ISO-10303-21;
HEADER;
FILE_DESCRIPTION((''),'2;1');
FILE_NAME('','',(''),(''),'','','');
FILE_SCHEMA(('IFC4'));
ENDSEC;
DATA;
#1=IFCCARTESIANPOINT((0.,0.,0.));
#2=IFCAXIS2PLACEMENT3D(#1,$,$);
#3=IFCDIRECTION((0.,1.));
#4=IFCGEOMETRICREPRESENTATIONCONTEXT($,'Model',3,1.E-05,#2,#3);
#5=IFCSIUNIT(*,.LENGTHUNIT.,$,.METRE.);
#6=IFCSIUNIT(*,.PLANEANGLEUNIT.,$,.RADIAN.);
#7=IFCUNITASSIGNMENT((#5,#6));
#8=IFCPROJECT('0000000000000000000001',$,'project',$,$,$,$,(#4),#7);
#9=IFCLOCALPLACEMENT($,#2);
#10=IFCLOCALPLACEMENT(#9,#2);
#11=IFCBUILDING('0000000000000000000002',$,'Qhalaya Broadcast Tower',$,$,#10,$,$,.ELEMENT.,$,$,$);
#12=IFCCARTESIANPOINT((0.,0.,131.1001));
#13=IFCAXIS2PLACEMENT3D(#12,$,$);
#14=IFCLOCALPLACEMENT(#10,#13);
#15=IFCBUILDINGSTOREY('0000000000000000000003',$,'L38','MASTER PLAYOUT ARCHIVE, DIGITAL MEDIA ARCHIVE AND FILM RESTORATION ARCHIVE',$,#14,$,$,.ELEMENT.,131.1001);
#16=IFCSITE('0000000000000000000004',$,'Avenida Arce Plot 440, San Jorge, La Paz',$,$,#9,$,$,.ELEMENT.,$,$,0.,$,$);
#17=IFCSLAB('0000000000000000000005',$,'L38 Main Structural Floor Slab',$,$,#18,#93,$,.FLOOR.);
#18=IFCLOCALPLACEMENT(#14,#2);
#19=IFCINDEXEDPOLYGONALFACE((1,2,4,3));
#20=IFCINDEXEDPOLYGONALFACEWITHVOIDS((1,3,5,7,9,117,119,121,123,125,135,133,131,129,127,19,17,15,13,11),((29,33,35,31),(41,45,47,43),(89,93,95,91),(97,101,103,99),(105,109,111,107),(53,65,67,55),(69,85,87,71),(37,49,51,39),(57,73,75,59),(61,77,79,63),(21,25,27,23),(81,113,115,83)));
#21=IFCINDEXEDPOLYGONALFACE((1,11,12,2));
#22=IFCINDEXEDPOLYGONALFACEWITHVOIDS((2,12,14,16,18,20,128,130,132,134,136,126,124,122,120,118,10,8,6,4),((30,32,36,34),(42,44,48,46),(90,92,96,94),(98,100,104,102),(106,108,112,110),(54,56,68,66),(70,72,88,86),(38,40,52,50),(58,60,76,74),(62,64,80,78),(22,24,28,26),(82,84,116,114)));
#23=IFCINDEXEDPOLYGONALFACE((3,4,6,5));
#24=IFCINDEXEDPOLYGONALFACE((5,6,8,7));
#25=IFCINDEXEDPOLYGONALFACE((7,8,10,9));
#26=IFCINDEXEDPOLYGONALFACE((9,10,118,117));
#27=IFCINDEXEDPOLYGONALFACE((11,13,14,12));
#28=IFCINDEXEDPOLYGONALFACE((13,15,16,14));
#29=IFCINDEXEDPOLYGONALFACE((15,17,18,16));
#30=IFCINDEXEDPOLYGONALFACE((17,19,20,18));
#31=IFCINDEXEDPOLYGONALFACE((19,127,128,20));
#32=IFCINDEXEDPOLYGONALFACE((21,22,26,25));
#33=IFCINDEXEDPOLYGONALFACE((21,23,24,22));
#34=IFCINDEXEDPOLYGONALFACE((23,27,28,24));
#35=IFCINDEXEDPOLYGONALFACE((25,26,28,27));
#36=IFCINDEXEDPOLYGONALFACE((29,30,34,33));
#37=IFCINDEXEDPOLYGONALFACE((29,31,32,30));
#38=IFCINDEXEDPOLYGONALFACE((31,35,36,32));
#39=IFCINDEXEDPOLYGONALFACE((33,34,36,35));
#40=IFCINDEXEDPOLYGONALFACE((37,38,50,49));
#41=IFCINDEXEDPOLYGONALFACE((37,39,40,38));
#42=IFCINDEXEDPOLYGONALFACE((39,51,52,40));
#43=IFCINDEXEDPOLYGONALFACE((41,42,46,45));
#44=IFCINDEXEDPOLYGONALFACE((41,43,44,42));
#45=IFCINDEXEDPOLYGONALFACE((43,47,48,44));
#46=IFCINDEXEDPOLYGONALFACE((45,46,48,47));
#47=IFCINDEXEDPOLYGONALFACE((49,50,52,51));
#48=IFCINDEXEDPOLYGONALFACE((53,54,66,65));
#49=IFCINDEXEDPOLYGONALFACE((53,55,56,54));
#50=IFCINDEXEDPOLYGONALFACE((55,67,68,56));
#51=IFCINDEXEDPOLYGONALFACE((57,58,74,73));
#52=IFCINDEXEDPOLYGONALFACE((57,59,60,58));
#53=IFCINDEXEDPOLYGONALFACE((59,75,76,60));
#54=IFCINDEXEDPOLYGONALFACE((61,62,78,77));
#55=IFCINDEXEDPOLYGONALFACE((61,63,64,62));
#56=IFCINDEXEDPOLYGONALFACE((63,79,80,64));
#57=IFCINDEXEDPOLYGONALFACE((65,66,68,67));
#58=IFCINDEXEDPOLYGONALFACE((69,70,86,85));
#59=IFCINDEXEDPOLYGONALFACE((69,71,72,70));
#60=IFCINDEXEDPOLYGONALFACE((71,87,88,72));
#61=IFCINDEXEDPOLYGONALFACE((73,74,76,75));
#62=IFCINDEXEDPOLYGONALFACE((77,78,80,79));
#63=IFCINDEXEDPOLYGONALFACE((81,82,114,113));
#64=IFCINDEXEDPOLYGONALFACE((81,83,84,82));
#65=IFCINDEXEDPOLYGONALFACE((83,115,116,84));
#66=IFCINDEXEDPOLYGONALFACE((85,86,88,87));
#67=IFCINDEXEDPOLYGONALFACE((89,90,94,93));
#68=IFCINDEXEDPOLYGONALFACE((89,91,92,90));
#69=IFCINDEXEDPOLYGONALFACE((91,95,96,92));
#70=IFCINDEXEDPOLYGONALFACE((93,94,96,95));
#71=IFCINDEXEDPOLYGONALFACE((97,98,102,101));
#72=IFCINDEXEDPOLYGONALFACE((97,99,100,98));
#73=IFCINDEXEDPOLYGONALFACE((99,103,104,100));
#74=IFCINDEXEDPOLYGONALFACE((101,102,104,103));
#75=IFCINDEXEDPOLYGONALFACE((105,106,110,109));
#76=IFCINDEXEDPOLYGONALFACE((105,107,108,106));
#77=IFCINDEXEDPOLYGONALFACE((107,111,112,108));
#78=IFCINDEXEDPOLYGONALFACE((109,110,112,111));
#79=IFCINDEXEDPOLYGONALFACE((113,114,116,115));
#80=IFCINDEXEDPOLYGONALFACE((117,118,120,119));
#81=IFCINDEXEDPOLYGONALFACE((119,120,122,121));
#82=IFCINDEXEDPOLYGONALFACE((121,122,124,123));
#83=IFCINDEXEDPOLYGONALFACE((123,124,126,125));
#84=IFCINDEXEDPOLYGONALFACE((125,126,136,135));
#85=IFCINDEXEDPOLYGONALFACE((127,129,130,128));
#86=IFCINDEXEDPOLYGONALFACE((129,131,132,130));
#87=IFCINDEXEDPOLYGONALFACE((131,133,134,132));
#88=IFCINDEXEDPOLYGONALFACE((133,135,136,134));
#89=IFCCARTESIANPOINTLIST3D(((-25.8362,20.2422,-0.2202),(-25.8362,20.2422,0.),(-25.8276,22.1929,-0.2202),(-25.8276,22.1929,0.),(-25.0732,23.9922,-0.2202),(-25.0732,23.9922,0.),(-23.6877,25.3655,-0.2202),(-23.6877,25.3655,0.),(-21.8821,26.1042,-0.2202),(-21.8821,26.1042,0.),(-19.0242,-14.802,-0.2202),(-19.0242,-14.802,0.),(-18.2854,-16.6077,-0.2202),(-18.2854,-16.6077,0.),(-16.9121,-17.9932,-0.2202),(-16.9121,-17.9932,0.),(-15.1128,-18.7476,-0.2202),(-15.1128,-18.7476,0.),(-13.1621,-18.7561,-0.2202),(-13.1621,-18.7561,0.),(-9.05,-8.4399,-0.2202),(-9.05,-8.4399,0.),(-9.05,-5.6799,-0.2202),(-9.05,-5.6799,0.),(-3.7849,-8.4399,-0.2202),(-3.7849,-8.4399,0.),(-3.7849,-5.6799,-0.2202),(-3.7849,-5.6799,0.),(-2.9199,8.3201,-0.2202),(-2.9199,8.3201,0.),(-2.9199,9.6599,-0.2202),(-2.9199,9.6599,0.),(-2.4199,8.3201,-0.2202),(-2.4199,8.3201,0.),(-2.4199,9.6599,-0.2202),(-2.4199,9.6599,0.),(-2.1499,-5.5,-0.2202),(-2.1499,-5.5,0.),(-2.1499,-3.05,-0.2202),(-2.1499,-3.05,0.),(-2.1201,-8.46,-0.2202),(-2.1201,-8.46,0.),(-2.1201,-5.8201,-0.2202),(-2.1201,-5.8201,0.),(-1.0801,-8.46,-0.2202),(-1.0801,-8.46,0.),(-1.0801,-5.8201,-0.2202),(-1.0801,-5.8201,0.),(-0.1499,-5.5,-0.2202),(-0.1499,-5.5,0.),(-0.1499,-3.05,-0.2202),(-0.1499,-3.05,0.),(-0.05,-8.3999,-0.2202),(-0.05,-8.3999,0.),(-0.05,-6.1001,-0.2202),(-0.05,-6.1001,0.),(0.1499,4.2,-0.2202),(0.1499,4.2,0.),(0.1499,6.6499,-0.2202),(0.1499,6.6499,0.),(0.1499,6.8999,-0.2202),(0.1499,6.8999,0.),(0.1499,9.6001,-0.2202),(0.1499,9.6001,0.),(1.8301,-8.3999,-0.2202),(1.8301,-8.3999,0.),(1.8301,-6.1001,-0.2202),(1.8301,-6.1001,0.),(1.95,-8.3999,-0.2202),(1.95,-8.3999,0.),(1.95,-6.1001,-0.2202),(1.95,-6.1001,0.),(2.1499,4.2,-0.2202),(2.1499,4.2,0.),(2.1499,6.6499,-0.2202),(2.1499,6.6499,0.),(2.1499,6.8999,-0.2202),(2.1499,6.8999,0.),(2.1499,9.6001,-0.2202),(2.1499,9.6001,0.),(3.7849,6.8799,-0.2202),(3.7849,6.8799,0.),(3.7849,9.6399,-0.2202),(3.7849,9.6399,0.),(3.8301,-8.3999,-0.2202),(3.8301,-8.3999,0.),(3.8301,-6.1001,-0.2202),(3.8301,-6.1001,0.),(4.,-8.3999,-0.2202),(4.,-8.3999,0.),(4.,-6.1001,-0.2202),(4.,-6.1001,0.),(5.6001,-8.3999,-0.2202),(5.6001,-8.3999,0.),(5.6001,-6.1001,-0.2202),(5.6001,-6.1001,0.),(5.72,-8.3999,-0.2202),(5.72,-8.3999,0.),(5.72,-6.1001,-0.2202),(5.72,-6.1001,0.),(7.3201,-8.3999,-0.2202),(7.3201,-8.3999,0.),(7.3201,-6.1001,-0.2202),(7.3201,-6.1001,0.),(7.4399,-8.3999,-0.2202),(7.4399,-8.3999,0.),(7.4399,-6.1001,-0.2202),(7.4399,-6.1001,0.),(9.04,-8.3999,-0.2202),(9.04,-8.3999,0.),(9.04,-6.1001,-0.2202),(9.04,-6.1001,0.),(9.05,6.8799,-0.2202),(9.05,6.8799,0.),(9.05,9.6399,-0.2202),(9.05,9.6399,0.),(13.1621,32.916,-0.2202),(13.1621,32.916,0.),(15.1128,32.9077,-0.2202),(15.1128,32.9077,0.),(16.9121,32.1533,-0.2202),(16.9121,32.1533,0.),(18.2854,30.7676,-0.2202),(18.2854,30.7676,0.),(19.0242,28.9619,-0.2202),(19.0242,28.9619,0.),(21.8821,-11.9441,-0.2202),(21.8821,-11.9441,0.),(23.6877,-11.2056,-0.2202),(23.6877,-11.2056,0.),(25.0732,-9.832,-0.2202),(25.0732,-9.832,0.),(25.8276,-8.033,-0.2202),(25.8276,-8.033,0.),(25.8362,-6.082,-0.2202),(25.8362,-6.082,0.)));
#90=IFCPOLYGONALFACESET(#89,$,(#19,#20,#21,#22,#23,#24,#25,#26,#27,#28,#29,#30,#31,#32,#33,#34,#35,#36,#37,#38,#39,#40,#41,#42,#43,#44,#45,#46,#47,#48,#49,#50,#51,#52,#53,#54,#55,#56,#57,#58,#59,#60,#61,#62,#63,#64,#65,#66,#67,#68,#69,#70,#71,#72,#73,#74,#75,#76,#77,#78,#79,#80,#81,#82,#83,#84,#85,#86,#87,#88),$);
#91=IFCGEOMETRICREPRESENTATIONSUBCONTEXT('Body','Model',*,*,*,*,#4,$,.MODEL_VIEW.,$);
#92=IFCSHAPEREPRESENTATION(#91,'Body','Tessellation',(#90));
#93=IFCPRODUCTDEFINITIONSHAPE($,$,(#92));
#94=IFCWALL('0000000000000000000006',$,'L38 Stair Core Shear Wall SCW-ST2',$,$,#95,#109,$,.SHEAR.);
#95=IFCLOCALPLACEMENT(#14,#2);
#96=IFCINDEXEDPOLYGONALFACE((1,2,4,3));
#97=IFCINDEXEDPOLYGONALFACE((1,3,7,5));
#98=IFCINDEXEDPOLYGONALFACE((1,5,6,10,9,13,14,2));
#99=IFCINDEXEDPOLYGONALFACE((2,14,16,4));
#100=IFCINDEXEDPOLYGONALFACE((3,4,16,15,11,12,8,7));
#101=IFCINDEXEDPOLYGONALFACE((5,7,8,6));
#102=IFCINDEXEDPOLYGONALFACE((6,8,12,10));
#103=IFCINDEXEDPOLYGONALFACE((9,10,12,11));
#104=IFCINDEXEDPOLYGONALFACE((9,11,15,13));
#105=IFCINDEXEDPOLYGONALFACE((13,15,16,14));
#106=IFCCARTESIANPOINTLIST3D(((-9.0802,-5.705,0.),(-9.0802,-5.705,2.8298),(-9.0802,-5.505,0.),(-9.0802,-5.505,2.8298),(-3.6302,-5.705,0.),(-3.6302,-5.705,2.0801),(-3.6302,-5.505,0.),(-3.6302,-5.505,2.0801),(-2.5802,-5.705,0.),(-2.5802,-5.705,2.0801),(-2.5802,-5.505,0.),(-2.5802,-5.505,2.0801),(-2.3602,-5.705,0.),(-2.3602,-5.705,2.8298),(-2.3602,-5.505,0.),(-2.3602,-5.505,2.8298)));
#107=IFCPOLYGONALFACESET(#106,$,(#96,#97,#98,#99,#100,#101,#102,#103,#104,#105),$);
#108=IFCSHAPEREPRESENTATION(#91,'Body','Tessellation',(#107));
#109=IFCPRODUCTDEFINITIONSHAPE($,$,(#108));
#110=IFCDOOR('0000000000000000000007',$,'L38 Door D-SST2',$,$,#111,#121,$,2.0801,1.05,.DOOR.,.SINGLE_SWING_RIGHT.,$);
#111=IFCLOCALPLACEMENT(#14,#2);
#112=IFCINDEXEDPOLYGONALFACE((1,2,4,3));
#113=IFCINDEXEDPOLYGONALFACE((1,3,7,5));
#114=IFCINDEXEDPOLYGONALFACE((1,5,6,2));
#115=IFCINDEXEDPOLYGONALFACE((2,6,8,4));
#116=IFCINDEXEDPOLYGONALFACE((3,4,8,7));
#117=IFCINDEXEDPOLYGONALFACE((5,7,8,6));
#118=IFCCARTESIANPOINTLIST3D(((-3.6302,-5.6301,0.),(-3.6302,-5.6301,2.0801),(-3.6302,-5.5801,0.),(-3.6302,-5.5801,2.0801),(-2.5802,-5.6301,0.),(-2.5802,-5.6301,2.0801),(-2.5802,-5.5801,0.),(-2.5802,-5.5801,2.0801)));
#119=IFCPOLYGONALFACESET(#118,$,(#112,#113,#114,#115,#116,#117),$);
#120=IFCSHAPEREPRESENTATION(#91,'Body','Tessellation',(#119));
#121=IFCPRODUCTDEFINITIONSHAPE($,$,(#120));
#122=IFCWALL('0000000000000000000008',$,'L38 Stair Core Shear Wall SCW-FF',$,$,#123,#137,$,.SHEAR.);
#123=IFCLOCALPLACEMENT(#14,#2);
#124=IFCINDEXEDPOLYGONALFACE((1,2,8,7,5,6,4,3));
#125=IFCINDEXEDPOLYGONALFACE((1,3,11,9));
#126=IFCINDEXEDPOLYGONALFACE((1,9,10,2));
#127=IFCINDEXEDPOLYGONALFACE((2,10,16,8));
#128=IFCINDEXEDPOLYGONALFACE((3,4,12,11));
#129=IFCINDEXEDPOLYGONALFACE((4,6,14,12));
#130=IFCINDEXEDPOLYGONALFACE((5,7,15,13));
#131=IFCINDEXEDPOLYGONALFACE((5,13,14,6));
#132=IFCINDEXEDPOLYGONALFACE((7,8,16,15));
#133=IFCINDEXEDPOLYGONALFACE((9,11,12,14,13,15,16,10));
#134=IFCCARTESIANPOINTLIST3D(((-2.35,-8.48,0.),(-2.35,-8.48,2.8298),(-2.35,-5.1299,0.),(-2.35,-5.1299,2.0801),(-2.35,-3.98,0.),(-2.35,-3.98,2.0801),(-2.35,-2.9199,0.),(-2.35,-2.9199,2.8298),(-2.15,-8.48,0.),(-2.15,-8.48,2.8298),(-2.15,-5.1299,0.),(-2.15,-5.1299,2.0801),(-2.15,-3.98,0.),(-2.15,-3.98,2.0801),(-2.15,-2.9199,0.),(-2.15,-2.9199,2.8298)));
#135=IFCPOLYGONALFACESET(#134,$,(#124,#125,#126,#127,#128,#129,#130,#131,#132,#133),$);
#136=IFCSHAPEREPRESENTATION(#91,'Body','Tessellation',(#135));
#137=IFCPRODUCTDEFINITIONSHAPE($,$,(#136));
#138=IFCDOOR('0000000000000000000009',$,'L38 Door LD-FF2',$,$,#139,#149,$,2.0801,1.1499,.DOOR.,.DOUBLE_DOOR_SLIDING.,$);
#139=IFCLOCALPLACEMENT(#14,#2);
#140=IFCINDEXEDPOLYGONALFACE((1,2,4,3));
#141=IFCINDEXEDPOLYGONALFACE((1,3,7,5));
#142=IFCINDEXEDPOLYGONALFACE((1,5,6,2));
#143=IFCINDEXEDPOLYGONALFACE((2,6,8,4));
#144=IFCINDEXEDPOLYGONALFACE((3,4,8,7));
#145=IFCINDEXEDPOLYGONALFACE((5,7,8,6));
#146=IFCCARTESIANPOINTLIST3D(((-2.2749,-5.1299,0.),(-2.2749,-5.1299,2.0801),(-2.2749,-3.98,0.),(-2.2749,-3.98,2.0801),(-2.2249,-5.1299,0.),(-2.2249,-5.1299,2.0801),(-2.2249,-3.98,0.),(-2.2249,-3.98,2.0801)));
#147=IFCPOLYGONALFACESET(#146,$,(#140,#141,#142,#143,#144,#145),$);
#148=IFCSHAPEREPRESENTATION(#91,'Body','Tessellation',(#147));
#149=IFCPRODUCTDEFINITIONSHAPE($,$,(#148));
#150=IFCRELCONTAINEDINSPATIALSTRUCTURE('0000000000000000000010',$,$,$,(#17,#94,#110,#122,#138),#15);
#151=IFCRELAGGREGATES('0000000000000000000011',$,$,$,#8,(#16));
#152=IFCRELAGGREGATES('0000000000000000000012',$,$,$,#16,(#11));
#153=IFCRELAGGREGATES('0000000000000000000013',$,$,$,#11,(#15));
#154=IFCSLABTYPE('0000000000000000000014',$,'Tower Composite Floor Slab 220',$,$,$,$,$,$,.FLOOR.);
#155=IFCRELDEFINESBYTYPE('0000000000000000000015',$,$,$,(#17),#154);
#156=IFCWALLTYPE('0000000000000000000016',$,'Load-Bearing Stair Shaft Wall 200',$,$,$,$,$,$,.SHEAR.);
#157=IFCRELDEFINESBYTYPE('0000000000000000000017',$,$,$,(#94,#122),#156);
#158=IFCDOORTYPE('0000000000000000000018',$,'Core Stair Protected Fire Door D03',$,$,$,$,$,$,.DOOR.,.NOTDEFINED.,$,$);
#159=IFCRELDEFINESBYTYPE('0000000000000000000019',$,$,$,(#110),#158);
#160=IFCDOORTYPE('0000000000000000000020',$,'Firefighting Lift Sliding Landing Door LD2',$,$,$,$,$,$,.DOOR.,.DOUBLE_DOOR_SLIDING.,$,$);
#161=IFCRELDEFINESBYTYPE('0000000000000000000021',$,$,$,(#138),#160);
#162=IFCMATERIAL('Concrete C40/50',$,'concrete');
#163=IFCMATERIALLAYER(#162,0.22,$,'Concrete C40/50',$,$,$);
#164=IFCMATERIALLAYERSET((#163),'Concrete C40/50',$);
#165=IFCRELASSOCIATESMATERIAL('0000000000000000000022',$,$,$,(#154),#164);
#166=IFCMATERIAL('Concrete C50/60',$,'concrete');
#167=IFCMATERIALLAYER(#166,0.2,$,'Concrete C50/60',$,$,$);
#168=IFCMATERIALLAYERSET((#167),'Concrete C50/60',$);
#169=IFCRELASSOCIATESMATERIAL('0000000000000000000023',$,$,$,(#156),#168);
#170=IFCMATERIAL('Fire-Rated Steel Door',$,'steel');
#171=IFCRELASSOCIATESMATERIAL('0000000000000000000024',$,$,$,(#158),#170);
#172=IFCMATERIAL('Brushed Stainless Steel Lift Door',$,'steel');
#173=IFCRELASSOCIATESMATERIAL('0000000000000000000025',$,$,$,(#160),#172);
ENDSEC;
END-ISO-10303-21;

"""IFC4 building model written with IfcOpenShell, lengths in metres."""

from ifc_helpers import new_model, si_unit, direction, frame, frame_2d, origin, place, context, subcontext, project, spatial, polyline, rectangle, outline, extrude, material, layer, layer_set, type_object, element, fill, save


model = new_model("IFC4")

# Units and contexts
model_context = context("Model", 3, precision=1e-05, world=origin(), true_north=direction((0.0, 1.0)))
body_context = subcontext(model_context, "Body", "Model", "MODEL_VIEW")
ifc_project = project(units=[si_unit("LENGTHUNIT", "METRE"), si_unit("PLANEANGLEUNIT", "RADIAN")], contexts=[model_context])

# Site, building, storey
site_placement = place(None, origin())
site = spatial("IfcSite", under=ifc_project, at=site_placement, Name="Avenida Arce Plot 440, San Jorge, La Paz", CompositionType="ELEMENT", RefElevation=0.0)
building_placement = place(site_placement, origin())
building = spatial("IfcBuilding", under=site, at=building_placement, Name="Qhalaya Broadcast Tower", CompositionType="ELEMENT")
storey_placement = place(building_placement, frame((0.0, 0.0, 131.1001)))
storey = spatial("IfcBuildingStorey", under=building, at=storey_placement, Name="L38", Description="MASTER PLAYOUT ARCHIVE, DIGITAL MEDIA ARCHIVE AND FILM RESTORATION ARCHIVE", CompositionType="ELEMENT", Elevation=131.1001)

# Shared definitions
ifc_material_1 = material(Name="Concrete C50/60", Category="concrete")

# Slab
ifc_material_2 = material(Name="Concrete C40/50", Category="concrete")
ifc_layer_1 = layer(ifc_material_2, 0.22, Name="Concrete C40/50")
ifc_layer_set_1 = layer_set([ifc_layer_1], Name="Concrete C40/50")
slab_type = type_object("IfcSlabType", Name="Tower Composite Floor Slab 220", PredefinedType="FLOOR", material=ifc_layer_set_1)
slab_placement = place(storey_placement, frame((0.0, 0.0, -0.2202)))
element("IfcSlab", 1, at=slab_placement, inside=storey, type_object=slab_type, Name="L38 Main Structural Floor Slab", PredefinedType="FLOOR", context=body_context, shape_type="SweptSolid", body=[
    extrude(outline(polyline([(21.8821, -11.9441), (23.6877, -11.2056), (25.0732, -9.832), (25.8276, -8.033), (25.8362, -6.082), (19.0242, 28.9619), (18.2854, 30.7676), (16.9121, 32.1533), (15.1128, 32.9077), (13.1621, 32.916), (-21.8821, 26.1042), (-23.6877, 25.3655), (-25.0732, 23.9922), (-25.8276, 22.1929), (-25.8362, 20.2422), (-19.0242, -14.802), (-18.2854, -16.6077), (-16.9121, -17.9932), (-15.1128, -18.7476), (-13.1621, -18.7561), (21.8821, -11.9441)]), holes=[polyline([(3.7849, 9.6399), (9.05, 9.6399), (9.05, 6.8799), (3.7849, 6.8799), (3.7849, 9.6399)]), polyline([(-3.7849, -8.4399), (-9.05, -8.4399), (-9.05, -5.6799), (-3.7849, -5.6799), (-3.7849, -8.4399)]), polyline([(0.1499, 6.6499), (2.1499, 6.6499), (2.1499, 4.2), (0.1499, 4.2), (0.1499, 6.6499)]), polyline([(0.1499, 9.6001), (2.1499, 9.6001), (2.1499, 6.8999), (0.1499, 6.8999), (0.1499, 9.6001)]), polyline([(-2.1499, -3.05), (-0.1499, -3.05), (-0.1499, -5.5), (-2.1499, -5.5), (-2.1499, -3.05)]), polyline([(-0.05, -6.1001), (1.8301, -6.1001), (1.8301, -8.3999), (-0.05, -8.3999), (-0.05, -6.1001)]), polyline([(1.95, -6.1001), (3.8301, -6.1001), (3.8301, -8.3999), (1.95, -8.3999), (1.95, -6.1001)]), polyline([(4.0, -6.1001), (5.6001, -6.1001), (5.6001, -8.3999), (4.0, -8.3999), (4.0, -6.1001)]), polyline([(5.72, -6.1001), (7.3201, -6.1001), (7.3201, -8.3999), (5.72, -8.3999), (5.72, -6.1001)]), polyline([(7.4399, -6.1001), (9.04, -6.1001), (9.04, -8.3999), (7.4399, -8.3999), (7.4399, -6.1001)]), polyline([(-2.9199, 9.6599), (-2.4199, 9.6599), (-2.4199, 8.3201), (-2.9199, 8.3201), (-2.9199, 9.6599)]), polyline([(-2.1201, -5.8201), (-1.0801, -5.8201), (-1.0801, -8.46), (-2.1201, -8.46), (-2.1201, -5.8201)])]), origin(), (0.0, 0.0, 1.0), 0.2202),
])

# Walls, openings, doors
ifc_layer_2 = layer(ifc_material_1, 0.2, Name="Concrete C50/60")
ifc_layer_set_2 = layer_set([ifc_layer_2], Name="Concrete C50/60")
wall_type_1 = type_object("IfcWallType", Name="Load-Bearing Stair Shaft Wall 200", PredefinedType="SHEAR", material=ifc_layer_set_2)
wall_1_placement = place(storey_placement, frame((-9.0801, -5.605, 0.0), z_axis=(0.0, 0.0, 1.0), x_axis=(1.0, 0.0, 0.0)))
wall_1 = element("IfcWall", 2, at=wall_1_placement, inside=storey, type_object=wall_type_1, Name="L38 Stair Core Shear Wall SCW-ST2", PredefinedType="SHEAR", context=body_context, shape_type="SweptSolid", body=[
    extrude(rectangle(XDim=6.72, YDim=0.2, at=frame_2d((3.3599, 0.0))), origin(), (0.0, 0.0, 1.0), 2.8298),
])
opening_1_placement = place(wall_1_placement, frame((5.45, 0.0, 0.0)))
opening_1 = element("IfcOpeningElement", 3, at=opening_1_placement, cuts=wall_1, PredefinedType="OPENING", context=body_context, shape_type="SweptSolid", body=[
    extrude(rectangle(XDim=1.05, YDim=2.0801, at=frame_2d((0.5249, 1.04))), frame((0.0, 0.1121, 0.0), z_axis=(0.0, -1.0, 0.0), x_axis=(1.0, 0.0, 0.0)), (0.0, 0.0, 1.0), 0.2239),
])
ifc_material_3 = material(Name="Fire-Rated Steel Door", Category="steel")
door_type_1 = type_object("IfcDoorType", Name="Core Stair Protected Fire Door D03", OperationType="NOTDEFINED", PredefinedType="DOOR", material=ifc_material_3)
door_1_placement = place(opening_1_placement, origin())
door_1 = element("IfcDoor", 4, at=door_1_placement, inside=storey, type_object=door_type_1, Name="L38 Door D-SST2", OperationType="SINGLE_SWING_RIGHT", OverallHeight=2.0801, OverallWidth=1.05, PredefinedType="DOOR", context=body_context, shape_type="SweptSolid", body=[
    extrude(rectangle(XDim=1.05, YDim=2.0801, at=frame_2d((0.5249, 1.04))), frame((0.0, 0.0249, 0.0), z_axis=(0.0, -1.0, 0.0), x_axis=(1.0, 0.0, 0.0)), (0.0, 0.0, 1.0), 0.05),
])
fill(opening_1, door_1)
wall_2_placement = place(storey_placement, frame((-2.25, -8.48, 0.0), z_axis=(0.0, 0.0, 1.0), x_axis=(0.0, 1.0, 0.0)))
wall_2 = element("IfcWall", 5, at=wall_2_placement, inside=storey, type_object=wall_type_1, Name="L38 Stair Core Shear Wall SCW-FF", PredefinedType="SHEAR", context=body_context, shape_type="SweptSolid", body=[
    extrude(rectangle(XDim=5.5601, YDim=0.2, at=frame_2d((2.78, 0.0))), origin(), (0.0, 0.0, 1.0), 2.8298),
])
opening_2_placement = place(wall_2_placement, frame((3.3501, 0.0, 0.0)))
opening_2 = element("IfcOpeningElement", 6, at=opening_2_placement, cuts=wall_2, PredefinedType="OPENING", context=body_context, shape_type="SweptSolid", body=[
    extrude(rectangle(XDim=1.1499, YDim=2.0801, at=frame_2d((0.575, 1.04))), frame((0.0, 0.1121, 0.0), z_axis=(0.0, -1.0, 0.0), x_axis=(1.0, 0.0, 0.0)), (0.0, 0.0, 1.0), 0.2239),
])
ifc_material_4 = material(Name="Brushed Stainless Steel Lift Door", Category="steel")
door_type_2 = type_object("IfcDoorType", Name="Firefighting Lift Sliding Landing Door LD2", OperationType="DOUBLE_DOOR_SLIDING", PredefinedType="DOOR", material=ifc_material_4)
door_2_placement = place(opening_2_placement, origin())
door_2 = element("IfcDoor", 7, at=door_2_placement, inside=storey, type_object=door_type_2, Name="L38 Door LD-FF2", OperationType="DOUBLE_DOOR_SLIDING", OverallHeight=2.0801, OverallWidth=1.1499, PredefinedType="DOOR", context=body_context, shape_type="SweptSolid", body=[
    extrude(rectangle(XDim=1.1499, YDim=2.0801, at=frame_2d((0.575, 1.04))), frame((0.0, 0.0249, 0.0), z_axis=(0.0, -1.0, 0.0), x_axis=(1.0, 0.0, 0.0)), (0.0, 0.0, 1.0), 0.05),
])
fill(opening_2, door_2)

save(model, "model.ifc")
